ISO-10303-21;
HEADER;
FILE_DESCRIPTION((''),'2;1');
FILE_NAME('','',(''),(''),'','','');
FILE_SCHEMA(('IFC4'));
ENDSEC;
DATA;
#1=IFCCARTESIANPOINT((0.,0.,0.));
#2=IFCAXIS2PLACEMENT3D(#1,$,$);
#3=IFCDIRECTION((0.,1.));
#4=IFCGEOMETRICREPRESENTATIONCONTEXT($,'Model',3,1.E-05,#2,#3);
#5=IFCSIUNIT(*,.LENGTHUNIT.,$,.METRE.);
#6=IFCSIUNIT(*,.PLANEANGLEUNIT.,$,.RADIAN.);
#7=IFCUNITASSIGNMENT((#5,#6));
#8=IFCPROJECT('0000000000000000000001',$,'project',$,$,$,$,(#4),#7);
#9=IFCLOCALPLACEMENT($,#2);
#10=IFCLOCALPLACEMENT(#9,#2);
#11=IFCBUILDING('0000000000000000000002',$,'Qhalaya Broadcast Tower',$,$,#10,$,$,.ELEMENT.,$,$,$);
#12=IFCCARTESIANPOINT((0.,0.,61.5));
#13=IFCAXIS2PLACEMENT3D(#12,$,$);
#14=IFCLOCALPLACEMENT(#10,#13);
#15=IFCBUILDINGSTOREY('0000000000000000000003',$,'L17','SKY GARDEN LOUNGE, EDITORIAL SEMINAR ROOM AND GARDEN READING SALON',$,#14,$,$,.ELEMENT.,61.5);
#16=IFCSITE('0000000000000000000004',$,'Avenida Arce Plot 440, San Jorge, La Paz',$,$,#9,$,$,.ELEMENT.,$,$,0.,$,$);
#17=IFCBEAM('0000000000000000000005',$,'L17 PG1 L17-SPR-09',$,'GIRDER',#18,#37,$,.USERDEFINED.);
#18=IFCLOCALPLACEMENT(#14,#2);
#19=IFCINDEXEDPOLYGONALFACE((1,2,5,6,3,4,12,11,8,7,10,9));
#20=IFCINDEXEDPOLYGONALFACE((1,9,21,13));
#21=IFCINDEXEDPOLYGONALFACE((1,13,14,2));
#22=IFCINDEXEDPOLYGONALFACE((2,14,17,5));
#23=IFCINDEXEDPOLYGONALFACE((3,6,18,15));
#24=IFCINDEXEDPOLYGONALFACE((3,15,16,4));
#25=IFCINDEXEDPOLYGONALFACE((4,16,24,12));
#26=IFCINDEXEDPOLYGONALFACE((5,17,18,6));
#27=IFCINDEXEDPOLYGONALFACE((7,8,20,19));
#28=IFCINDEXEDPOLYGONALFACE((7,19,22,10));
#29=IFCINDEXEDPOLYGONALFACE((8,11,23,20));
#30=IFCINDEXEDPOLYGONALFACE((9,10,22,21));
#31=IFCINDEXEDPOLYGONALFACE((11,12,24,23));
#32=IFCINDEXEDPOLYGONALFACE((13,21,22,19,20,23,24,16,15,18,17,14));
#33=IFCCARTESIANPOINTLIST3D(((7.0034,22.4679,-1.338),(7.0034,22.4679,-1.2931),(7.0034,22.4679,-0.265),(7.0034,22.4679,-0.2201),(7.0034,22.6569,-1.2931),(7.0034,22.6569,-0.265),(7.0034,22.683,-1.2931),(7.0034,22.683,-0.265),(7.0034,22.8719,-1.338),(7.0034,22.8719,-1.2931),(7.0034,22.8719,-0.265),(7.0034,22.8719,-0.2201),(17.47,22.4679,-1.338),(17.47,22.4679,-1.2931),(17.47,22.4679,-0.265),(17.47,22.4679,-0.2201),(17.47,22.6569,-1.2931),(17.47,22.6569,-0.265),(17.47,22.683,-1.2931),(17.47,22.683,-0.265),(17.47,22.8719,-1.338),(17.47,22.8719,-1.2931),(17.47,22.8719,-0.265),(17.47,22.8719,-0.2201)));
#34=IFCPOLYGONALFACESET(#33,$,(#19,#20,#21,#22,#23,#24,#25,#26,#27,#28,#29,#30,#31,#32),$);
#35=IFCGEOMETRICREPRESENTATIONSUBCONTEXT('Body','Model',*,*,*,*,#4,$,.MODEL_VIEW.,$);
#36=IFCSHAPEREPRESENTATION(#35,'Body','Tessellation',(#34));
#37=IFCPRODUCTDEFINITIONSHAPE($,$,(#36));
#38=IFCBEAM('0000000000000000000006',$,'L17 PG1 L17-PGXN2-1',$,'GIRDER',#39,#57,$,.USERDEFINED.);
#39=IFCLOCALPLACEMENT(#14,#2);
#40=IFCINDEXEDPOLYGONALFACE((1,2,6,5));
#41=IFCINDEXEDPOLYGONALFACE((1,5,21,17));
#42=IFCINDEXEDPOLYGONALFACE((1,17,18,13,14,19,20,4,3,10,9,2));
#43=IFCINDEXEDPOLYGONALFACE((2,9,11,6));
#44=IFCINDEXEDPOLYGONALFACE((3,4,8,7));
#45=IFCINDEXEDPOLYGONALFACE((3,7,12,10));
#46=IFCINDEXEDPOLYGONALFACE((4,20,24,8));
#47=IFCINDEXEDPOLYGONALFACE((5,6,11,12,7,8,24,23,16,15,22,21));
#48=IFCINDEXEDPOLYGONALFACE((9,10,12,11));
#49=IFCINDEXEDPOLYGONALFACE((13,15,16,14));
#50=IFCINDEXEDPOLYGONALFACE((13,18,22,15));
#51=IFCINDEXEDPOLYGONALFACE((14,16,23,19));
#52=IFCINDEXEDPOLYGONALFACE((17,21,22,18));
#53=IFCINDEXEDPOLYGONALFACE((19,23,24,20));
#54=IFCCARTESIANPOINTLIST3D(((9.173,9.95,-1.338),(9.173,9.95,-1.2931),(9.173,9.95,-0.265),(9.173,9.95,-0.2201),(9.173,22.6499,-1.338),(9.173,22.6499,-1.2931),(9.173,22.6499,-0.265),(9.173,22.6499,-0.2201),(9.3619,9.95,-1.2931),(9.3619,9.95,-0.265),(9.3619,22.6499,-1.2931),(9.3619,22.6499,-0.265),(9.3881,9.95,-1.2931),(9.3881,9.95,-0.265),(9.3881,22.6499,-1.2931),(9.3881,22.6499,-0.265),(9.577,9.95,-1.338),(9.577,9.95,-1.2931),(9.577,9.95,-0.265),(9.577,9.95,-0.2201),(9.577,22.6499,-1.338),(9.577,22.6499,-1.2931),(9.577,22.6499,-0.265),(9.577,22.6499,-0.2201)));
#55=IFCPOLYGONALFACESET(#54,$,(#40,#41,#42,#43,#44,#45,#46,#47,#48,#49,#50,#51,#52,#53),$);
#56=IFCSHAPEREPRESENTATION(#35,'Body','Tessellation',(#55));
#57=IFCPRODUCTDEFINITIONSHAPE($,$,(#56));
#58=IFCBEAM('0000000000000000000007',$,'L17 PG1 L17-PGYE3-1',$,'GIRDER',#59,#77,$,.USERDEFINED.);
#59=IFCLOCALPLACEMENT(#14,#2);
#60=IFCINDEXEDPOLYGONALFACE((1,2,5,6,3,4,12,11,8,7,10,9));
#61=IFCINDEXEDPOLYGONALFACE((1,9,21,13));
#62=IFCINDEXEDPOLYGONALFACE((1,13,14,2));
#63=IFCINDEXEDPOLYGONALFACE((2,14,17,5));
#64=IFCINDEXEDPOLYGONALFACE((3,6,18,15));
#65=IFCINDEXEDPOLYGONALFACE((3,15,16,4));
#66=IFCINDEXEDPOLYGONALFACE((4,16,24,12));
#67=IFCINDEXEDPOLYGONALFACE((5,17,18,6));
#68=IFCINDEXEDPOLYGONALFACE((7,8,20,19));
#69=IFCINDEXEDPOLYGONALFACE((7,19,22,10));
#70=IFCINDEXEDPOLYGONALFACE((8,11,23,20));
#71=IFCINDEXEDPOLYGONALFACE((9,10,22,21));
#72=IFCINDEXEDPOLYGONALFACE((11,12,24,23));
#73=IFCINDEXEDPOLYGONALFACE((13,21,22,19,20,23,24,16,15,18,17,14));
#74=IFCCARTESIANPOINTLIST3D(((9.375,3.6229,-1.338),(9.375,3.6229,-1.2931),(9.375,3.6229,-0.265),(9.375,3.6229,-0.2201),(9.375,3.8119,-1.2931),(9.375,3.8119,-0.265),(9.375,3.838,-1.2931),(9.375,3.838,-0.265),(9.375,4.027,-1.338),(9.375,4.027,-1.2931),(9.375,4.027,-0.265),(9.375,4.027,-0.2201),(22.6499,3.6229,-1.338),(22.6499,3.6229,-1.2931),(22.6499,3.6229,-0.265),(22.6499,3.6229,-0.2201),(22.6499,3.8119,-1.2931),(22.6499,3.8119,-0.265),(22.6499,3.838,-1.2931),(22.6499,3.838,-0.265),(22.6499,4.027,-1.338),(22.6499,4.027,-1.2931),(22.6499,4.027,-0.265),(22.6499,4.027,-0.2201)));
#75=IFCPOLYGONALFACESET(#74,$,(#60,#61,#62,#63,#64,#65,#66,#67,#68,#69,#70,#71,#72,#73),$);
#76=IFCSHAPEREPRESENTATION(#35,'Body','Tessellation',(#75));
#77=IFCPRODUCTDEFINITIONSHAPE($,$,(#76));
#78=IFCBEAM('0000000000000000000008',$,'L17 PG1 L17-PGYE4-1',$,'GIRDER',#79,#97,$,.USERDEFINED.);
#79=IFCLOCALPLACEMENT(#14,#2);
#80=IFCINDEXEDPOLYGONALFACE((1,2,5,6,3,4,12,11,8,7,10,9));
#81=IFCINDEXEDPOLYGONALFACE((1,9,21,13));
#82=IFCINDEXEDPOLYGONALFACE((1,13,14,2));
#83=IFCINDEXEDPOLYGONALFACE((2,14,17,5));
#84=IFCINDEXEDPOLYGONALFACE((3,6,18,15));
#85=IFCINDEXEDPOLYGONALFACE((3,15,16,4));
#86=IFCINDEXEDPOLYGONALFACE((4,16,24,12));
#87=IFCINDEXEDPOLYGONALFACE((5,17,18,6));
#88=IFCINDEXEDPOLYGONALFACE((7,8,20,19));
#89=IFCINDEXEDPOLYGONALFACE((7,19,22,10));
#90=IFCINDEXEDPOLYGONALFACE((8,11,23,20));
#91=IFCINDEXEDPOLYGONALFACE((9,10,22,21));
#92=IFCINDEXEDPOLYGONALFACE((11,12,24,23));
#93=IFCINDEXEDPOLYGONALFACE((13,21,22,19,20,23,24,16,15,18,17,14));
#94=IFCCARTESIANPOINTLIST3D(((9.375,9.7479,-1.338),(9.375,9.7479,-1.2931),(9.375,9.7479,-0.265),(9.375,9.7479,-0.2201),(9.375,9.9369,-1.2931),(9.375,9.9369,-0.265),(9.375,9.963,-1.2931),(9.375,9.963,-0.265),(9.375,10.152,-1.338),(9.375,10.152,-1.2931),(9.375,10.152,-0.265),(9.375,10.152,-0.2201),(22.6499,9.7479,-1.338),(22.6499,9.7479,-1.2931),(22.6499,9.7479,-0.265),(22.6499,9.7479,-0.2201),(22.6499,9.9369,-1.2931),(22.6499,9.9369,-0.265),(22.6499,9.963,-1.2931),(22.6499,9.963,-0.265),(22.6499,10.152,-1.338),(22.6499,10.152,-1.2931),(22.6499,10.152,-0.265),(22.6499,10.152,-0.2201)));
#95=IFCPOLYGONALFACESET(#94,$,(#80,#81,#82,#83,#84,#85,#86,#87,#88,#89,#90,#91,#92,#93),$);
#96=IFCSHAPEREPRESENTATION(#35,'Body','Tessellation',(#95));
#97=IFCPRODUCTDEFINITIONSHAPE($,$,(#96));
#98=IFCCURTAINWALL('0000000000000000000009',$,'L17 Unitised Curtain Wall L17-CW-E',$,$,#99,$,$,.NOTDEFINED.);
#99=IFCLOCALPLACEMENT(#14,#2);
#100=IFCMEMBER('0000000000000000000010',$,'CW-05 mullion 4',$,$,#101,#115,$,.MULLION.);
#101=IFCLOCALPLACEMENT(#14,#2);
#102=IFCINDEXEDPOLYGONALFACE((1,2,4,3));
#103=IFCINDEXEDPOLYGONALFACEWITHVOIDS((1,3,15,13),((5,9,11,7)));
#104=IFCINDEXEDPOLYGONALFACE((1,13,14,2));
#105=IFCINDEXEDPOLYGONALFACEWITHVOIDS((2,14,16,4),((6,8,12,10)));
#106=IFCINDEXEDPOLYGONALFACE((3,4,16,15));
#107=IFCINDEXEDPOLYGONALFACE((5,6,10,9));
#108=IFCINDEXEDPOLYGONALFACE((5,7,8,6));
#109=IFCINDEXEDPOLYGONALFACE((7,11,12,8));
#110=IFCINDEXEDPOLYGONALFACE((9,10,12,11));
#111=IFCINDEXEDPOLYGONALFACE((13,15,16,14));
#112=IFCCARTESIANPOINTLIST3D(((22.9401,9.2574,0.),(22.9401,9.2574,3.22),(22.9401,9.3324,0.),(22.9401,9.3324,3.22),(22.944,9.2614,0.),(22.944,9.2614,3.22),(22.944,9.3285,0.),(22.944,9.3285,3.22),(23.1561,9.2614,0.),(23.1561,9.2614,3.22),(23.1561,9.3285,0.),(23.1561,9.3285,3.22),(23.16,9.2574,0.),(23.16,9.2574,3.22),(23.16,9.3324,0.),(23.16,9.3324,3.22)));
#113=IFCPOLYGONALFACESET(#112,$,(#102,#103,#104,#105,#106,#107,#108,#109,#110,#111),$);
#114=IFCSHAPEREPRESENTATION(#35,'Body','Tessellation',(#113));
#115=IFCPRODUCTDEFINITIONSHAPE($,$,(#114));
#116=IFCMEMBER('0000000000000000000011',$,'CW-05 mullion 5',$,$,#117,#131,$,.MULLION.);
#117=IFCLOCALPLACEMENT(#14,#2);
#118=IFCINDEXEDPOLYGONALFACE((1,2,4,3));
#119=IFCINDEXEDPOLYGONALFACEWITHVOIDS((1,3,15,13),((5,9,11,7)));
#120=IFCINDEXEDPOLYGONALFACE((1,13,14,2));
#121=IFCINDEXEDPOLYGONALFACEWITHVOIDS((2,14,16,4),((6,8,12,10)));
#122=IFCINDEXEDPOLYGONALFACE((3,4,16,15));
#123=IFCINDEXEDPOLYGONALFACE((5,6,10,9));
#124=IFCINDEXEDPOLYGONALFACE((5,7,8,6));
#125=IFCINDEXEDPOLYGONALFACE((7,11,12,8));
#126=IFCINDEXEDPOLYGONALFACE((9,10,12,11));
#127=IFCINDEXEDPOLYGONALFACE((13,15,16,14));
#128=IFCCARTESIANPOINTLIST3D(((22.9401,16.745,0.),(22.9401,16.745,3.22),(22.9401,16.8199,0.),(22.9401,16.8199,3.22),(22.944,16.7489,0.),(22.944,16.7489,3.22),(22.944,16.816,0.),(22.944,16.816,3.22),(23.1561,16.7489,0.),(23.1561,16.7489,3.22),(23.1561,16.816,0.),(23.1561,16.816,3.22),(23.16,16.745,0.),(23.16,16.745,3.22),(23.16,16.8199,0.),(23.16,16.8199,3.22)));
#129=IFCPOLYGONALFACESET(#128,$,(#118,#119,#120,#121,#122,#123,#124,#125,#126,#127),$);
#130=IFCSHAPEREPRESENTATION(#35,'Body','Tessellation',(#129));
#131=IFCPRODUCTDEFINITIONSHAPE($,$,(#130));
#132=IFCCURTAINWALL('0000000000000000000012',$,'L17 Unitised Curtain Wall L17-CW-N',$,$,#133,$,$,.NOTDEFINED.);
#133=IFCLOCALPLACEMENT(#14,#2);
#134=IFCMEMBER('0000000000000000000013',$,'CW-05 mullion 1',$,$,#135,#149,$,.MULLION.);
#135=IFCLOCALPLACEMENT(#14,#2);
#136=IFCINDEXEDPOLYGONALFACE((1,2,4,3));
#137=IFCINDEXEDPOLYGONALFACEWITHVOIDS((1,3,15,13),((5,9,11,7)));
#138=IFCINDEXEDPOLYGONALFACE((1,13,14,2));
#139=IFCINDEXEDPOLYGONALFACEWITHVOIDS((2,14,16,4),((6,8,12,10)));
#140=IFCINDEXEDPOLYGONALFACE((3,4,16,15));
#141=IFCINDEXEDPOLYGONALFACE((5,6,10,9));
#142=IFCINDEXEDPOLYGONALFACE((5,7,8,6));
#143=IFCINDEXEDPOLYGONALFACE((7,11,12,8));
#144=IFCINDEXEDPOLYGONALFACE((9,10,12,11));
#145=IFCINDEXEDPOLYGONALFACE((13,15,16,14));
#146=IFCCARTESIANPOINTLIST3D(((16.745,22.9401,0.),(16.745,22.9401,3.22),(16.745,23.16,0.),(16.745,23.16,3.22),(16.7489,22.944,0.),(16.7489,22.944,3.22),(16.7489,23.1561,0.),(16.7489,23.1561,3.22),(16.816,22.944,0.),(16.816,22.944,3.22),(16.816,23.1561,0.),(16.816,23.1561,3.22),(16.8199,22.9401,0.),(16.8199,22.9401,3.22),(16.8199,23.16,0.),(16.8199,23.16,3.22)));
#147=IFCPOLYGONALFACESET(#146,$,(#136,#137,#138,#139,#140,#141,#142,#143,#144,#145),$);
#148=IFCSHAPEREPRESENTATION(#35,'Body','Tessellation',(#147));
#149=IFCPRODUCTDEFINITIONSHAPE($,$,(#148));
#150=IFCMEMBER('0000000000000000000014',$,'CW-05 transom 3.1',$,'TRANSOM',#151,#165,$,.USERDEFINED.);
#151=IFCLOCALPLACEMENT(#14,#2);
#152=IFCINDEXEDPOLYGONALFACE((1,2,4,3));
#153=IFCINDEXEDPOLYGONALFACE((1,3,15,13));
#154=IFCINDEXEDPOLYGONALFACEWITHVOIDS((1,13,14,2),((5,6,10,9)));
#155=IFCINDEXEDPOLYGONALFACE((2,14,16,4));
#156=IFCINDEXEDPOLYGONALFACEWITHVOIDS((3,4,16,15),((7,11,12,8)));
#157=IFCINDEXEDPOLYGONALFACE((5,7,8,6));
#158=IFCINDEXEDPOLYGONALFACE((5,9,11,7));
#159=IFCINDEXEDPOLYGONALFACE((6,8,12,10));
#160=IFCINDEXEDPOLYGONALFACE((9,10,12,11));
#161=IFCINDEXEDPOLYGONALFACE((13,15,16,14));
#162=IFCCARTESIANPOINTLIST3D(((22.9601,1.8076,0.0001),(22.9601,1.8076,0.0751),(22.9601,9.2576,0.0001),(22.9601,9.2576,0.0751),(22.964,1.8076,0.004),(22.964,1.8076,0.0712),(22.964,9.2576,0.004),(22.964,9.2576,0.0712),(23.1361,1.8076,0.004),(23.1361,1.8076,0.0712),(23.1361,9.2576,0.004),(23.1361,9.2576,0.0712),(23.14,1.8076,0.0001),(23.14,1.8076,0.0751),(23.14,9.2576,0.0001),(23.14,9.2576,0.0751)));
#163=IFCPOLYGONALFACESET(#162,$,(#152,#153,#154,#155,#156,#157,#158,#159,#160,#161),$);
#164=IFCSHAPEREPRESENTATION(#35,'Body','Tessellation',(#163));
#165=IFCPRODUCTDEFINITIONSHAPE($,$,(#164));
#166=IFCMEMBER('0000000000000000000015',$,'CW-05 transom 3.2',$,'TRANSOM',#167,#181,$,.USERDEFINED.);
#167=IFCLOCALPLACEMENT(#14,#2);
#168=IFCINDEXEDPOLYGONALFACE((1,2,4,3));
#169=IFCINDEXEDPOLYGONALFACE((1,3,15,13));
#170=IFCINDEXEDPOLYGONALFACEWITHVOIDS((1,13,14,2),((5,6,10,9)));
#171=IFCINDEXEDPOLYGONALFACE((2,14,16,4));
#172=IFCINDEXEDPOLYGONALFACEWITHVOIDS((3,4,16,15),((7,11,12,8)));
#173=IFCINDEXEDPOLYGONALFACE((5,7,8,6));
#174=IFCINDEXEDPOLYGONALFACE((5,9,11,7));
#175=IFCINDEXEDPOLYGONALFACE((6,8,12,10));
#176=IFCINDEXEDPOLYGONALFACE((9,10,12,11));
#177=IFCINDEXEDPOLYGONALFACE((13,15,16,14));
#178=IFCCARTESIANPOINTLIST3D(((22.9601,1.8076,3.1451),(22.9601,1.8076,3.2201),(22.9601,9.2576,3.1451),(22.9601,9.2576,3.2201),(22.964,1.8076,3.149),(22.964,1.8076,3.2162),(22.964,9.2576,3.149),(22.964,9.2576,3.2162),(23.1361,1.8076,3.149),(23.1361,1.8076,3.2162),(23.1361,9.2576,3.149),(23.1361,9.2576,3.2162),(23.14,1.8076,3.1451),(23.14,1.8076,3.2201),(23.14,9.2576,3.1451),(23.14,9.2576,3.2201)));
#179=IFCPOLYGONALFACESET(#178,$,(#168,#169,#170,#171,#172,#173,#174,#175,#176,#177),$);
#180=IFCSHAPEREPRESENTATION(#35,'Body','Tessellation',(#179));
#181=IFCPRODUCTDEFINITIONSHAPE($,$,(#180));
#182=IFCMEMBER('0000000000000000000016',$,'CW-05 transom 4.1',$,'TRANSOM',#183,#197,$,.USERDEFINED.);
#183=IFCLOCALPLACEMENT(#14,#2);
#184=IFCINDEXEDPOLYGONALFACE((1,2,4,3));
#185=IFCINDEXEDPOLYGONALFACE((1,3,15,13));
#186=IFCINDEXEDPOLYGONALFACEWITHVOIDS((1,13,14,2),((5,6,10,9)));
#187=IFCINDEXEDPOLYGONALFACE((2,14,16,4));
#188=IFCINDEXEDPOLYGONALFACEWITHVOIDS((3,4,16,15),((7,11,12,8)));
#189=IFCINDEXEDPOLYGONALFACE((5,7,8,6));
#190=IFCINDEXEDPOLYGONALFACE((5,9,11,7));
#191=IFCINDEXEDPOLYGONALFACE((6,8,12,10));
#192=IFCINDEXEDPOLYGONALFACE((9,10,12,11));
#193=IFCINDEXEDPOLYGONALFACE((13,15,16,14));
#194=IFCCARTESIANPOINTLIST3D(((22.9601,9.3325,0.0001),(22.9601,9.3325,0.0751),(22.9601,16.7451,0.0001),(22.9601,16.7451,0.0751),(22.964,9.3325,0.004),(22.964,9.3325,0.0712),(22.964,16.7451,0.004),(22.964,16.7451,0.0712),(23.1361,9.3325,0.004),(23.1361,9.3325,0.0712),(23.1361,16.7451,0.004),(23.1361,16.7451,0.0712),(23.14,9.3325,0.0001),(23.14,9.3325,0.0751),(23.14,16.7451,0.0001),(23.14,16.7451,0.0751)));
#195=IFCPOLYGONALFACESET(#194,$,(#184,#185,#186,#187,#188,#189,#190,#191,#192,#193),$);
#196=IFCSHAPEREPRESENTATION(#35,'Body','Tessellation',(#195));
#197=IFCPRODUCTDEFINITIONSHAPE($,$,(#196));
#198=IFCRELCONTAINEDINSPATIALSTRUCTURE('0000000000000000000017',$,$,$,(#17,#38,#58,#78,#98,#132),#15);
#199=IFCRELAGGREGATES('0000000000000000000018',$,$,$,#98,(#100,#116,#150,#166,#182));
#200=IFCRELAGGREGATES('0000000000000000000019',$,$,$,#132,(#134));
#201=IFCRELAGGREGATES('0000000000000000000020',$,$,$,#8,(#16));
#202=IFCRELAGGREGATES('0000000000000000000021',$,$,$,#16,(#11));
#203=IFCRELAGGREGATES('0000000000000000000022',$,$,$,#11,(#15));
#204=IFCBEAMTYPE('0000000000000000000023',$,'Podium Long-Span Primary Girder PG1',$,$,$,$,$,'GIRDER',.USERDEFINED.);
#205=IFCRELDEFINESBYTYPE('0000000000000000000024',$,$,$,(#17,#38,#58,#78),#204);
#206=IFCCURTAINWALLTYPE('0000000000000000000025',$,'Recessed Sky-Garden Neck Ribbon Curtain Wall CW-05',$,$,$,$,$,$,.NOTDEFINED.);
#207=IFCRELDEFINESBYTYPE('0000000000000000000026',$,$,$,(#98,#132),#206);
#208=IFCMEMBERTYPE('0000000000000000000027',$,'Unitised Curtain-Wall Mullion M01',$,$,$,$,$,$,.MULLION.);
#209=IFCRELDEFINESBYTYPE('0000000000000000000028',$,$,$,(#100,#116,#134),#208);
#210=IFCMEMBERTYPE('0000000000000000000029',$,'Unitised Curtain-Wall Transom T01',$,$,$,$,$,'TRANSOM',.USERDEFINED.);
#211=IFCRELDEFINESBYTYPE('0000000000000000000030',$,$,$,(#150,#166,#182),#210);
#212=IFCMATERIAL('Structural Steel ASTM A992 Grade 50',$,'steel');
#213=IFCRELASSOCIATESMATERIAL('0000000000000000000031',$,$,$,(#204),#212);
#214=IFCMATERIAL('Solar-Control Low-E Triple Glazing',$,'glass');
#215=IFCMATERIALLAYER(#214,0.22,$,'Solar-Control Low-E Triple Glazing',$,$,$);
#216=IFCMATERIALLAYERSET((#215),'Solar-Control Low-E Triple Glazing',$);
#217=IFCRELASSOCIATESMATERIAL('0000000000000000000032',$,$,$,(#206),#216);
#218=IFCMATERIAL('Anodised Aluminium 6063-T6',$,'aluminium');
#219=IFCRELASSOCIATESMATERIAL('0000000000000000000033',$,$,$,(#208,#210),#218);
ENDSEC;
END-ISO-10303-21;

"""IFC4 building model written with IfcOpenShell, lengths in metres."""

from ifc_helpers import new_model, si_unit, direction, frame, origin, origin_2d, place, context, subcontext, project, spatial, hollow_rectangle, i_section, extrude, material, layer, layer_set, material_profile, profile_set, type_object, element, aggregate, save


model = new_model("IFC4")

# Units and contexts
model_context = context("Model", 3, precision=1e-05, world=origin(), true_north=direction((0.0, 1.0)))
body_context = subcontext(model_context, "Body", "Model", "MODEL_VIEW")
ifc_project = project(units=[si_unit("LENGTHUNIT", "METRE"), si_unit("PLANEANGLEUNIT", "RADIAN")], contexts=[model_context])

# Site, building, storey
site_placement = place(None, origin())
site = spatial("IfcSite", under=ifc_project, at=site_placement, Name="Avenida Arce Plot 440, San Jorge, La Paz", CompositionType="ELEMENT", RefElevation=0.0)
building_placement = place(site_placement, origin())
building = spatial("IfcBuilding", under=site, at=building_placement, Name="Qhalaya Broadcast Tower", CompositionType="ELEMENT")
storey_placement = place(building_placement, frame((0.0, 0.0, 61.5)))
storey = spatial("IfcBuildingStorey", under=building, at=storey_placement, Name="L17", Description="SKY GARDEN LOUNGE, EDITORIAL SEMINAR ROOM AND GARDEN READING SALON", CompositionType="ELEMENT", Elevation=61.5)

# Shared definitions
ifc_material_1 = material(Name="Structural Steel ASTM A992 Grade 50", Category="steel")

# Beams
ifc_material_profile_1 = material_profile(ifc_material_1, i_section(OverallWidth=0.4041, OverallDepth=1.1179, WebThickness=0.0261, FlangeThickness=0.0449, at=origin_2d()), Name="W44X335")
ifc_profile_set_1 = profile_set([ifc_material_profile_1], Name="Structural Steel ASTM A992 Grade 50")
beam_type_1 = type_object("IfcBeamType", Name="Podium Long-Span Primary Girder PG1", ElementType="GIRDER", PredefinedType="USERDEFINED", material=ifc_profile_set_1)
beam_1_placement = place(storey_placement, frame((17.47, 22.6699, -0.7791), z_axis=(-1.0, 0.0, 0.0), x_axis=(0.0, -1.0, 0.0)))
element("IfcBeam", 1, at=beam_1_placement, inside=storey, type_object=beam_type_1, Name="L17 PG1 L17-SPR-09", ObjectType="GIRDER", PredefinedType="USERDEFINED", context=body_context, shape_type="SweptSolid", body=[
    extrude(i_section(OverallWidth=0.4041, OverallDepth=1.1179, WebThickness=0.0261, FlangeThickness=0.0449, at=origin_2d()), origin(), (0.0, 0.0, 1.0), 10.4666),
])
beam_2_placement = place(storey_placement, frame((9.375, 9.95, -0.7791), z_axis=(0.0, 1.0, 0.0), x_axis=(-1.0, 0.0, 0.0)))
element("IfcBeam", 2, at=beam_2_placement, inside=storey, type_object=beam_type_1, Name="L17 PG1 L17-PGXN2-1", ObjectType="GIRDER", PredefinedType="USERDEFINED", context=body_context, shape_type="SweptSolid", body=[
    extrude(i_section(OverallWidth=0.4041, OverallDepth=1.1179, WebThickness=0.0261, FlangeThickness=0.0449, at=origin_2d()), origin(), (0.0, 0.0, 1.0), 12.7),
])
for number, where, z_axis, x_axis, name in (
    (3, (9.375, 3.825, -0.7791), (1.0, 0.0, 0.0), (0.0, 1.0, 0.0), "L17 PG1 L17-PGYE3-1"),
    (4, (9.375, 9.95, -0.7791), (1.0, 0.0, 0.0), (0.0, 1.0, 0.0), "L17 PG1 L17-PGYE4-1"),
):
    element("IfcBeam", number, at=place(storey_placement, frame(where, z_axis=z_axis, x_axis=x_axis)), inside=storey, type_object=beam_type_1, Name=name, ObjectType="GIRDER", PredefinedType="USERDEFINED", context=body_context, shape_type="SweptSolid", body=[
        extrude(i_section(OverallWidth=0.4041, OverallDepth=1.1179, WebThickness=0.0261, FlangeThickness=0.0449, at=origin_2d()), origin(), (0.0, 0.0, 1.0), 13.2749),
    ])

# Curtain wall, members
ifc_material_2 = material(Name="Solar-Control Low-E Triple Glazing", Category="glass")
ifc_layer_1 = layer(ifc_material_2, 0.22, Name="Solar-Control Low-E Triple Glazing")
ifc_layer_set_1 = layer_set([ifc_layer_1], Name="Solar-Control Low-E Triple Glazing")
curtain_wall_type = type_object("IfcCurtainWallType", Name="Recessed Sky-Garden Neck Ribbon Curtain Wall CW-05", PredefinedType="NOTDEFINED", material=ifc_layer_set_1)
curtain_wall_1_placement = place(storey_placement, origin())
curtain_wall_1 = element("IfcCurtainWall", 5, at=curtain_wall_1_placement, inside=storey, type_object=curtain_wall_type, Name="L17 Unitised Curtain Wall L17-CW-E", PredefinedType="NOTDEFINED")
ifc_material_3 = material(Name="Anodised Aluminium 6063-T6", Category="aluminium")
ifc_material_profile_2 = material_profile(ifc_material_3, hollow_rectangle(XDim=0.075, YDim=0.22, WallThickness=0.0039, at=origin_2d()), Name="ALU-MUL 75x220x4")
ifc_profile_set_2 = profile_set([ifc_material_profile_2], Name="Anodised Aluminium 6063-T6")
member_type_1 = type_object("IfcMemberType", Name="Unitised Curtain-Wall Mullion M01", PredefinedType="MULLION", material=ifc_profile_set_2)
member_1_placement = place(storey_placement, frame((23.05, 9.2949, 0.0), z_axis=(0.0, 0.0, 1.0), x_axis=(0.0, 1.0, 0.0)))
member_1 = element("IfcMember", 6, at=member_1_placement, type_object=member_type_1, Name="CW-05 mullion 4", PredefinedType="MULLION", context=body_context, shape_type="SweptSolid", body=[
    extrude(hollow_rectangle(XDim=0.075, YDim=0.22, WallThickness=0.0039, at=origin_2d()), origin(), (0.0, 0.0, 1.0), 3.22),
])
member_2_placement = place(storey_placement, frame((23.05, 16.7825, 0.0), z_axis=(0.0, 0.0, 1.0), x_axis=(0.0, 1.0, 0.0)))
member_2 = element("IfcMember", 7, at=member_2_placement, type_object=member_type_1, Name="CW-05 mullion 5", PredefinedType="MULLION", context=body_context, shape_type="SweptSolid", body=[
    extrude(hollow_rectangle(XDim=0.075, YDim=0.22, WallThickness=0.0039, at=origin_2d()), origin(), (0.0, 0.0, 1.0), 3.22),
])

# Curtain wall, member
curtain_wall_2_placement = place(storey_placement, origin())
curtain_wall_2 = element("IfcCurtainWall", 8, at=curtain_wall_2_placement, inside=storey, type_object=curtain_wall_type, Name="L17 Unitised Curtain Wall L17-CW-N", PredefinedType="NOTDEFINED")
member_3_placement = place(storey_placement, frame((16.7825, 23.05, 0.0), z_axis=(0.0, 0.0, 1.0), x_axis=(-1.0, 0.0, 0.0)))
member_3 = element("IfcMember", 9, at=member_3_placement, type_object=member_type_1, Name="CW-05 mullion 1", PredefinedType="MULLION", context=body_context, shape_type="SweptSolid", body=[
    extrude(hollow_rectangle(XDim=0.075, YDim=0.22, WallThickness=0.0039, at=origin_2d()), origin(), (0.0, 0.0, 1.0), 3.22),
])

# Members
ifc_material_profile_3 = material_profile(ifc_material_3, hollow_rectangle(XDim=0.075, YDim=0.1799, WallThickness=0.0039, at=origin_2d()), Name="ALU-TRN 75x180x4")
ifc_profile_set_3 = profile_set([ifc_material_profile_3], Name="Anodised Aluminium 6063-T6")
member_type_2 = type_object("IfcMemberType", Name="Unitised Curtain-Wall Transom T01", ElementType="TRANSOM", PredefinedType="USERDEFINED", material=ifc_profile_set_3)
member_4_placement = place(storey_placement, frame((23.05, 1.8076, 0.0376), z_axis=(0.0, 1.0, 0.0), x_axis=(0.0, 0.0, 1.0)))
member_4 = element("IfcMember", 10, at=member_4_placement, type_object=member_type_2, Name="CW-05 transom 3.1", ObjectType="TRANSOM", PredefinedType="USERDEFINED", context=body_context, shape_type="SweptSolid", body=[
    extrude(hollow_rectangle(XDim=0.075, YDim=0.1799, WallThickness=0.0039, at=origin_2d()), origin(), (0.0, 0.0, 1.0), 7.45),
])
member_5_placement = place(storey_placement, frame((23.05, 1.8076, 3.1826), z_axis=(0.0, 1.0, 0.0), x_axis=(0.0, 0.0, 1.0)))
member_5 = element("IfcMember", 11, at=member_5_placement, type_object=member_type_2, Name="CW-05 transom 3.2", ObjectType="TRANSOM", PredefinedType="USERDEFINED", context=body_context, shape_type="SweptSolid", body=[
    extrude(hollow_rectangle(XDim=0.075, YDim=0.1799, WallThickness=0.0039, at=origin_2d()), origin(), (0.0, 0.0, 1.0), 7.45),
])
member_6_placement = place(storey_placement, frame((23.05, 9.3325, 0.0376), z_axis=(0.0, 1.0, 0.0), x_axis=(0.0, 0.0, 1.0)))
member_6 = element("IfcMember", 12, at=member_6_placement, type_object=member_type_2, Name="CW-05 transom 4.1", ObjectType="TRANSOM", PredefinedType="USERDEFINED", context=body_context, shape_type="SweptSolid", body=[
    extrude(hollow_rectangle(XDim=0.075, YDim=0.1799, WallThickness=0.0039, at=origin_2d()), origin(), (0.0, 0.0, 1.0), 7.4126),
])

aggregate(curtain_wall_1, [member_1, member_2, member_4, member_5, member_6])
aggregate(curtain_wall_2, [member_3])

save(model, "model.ifc")
